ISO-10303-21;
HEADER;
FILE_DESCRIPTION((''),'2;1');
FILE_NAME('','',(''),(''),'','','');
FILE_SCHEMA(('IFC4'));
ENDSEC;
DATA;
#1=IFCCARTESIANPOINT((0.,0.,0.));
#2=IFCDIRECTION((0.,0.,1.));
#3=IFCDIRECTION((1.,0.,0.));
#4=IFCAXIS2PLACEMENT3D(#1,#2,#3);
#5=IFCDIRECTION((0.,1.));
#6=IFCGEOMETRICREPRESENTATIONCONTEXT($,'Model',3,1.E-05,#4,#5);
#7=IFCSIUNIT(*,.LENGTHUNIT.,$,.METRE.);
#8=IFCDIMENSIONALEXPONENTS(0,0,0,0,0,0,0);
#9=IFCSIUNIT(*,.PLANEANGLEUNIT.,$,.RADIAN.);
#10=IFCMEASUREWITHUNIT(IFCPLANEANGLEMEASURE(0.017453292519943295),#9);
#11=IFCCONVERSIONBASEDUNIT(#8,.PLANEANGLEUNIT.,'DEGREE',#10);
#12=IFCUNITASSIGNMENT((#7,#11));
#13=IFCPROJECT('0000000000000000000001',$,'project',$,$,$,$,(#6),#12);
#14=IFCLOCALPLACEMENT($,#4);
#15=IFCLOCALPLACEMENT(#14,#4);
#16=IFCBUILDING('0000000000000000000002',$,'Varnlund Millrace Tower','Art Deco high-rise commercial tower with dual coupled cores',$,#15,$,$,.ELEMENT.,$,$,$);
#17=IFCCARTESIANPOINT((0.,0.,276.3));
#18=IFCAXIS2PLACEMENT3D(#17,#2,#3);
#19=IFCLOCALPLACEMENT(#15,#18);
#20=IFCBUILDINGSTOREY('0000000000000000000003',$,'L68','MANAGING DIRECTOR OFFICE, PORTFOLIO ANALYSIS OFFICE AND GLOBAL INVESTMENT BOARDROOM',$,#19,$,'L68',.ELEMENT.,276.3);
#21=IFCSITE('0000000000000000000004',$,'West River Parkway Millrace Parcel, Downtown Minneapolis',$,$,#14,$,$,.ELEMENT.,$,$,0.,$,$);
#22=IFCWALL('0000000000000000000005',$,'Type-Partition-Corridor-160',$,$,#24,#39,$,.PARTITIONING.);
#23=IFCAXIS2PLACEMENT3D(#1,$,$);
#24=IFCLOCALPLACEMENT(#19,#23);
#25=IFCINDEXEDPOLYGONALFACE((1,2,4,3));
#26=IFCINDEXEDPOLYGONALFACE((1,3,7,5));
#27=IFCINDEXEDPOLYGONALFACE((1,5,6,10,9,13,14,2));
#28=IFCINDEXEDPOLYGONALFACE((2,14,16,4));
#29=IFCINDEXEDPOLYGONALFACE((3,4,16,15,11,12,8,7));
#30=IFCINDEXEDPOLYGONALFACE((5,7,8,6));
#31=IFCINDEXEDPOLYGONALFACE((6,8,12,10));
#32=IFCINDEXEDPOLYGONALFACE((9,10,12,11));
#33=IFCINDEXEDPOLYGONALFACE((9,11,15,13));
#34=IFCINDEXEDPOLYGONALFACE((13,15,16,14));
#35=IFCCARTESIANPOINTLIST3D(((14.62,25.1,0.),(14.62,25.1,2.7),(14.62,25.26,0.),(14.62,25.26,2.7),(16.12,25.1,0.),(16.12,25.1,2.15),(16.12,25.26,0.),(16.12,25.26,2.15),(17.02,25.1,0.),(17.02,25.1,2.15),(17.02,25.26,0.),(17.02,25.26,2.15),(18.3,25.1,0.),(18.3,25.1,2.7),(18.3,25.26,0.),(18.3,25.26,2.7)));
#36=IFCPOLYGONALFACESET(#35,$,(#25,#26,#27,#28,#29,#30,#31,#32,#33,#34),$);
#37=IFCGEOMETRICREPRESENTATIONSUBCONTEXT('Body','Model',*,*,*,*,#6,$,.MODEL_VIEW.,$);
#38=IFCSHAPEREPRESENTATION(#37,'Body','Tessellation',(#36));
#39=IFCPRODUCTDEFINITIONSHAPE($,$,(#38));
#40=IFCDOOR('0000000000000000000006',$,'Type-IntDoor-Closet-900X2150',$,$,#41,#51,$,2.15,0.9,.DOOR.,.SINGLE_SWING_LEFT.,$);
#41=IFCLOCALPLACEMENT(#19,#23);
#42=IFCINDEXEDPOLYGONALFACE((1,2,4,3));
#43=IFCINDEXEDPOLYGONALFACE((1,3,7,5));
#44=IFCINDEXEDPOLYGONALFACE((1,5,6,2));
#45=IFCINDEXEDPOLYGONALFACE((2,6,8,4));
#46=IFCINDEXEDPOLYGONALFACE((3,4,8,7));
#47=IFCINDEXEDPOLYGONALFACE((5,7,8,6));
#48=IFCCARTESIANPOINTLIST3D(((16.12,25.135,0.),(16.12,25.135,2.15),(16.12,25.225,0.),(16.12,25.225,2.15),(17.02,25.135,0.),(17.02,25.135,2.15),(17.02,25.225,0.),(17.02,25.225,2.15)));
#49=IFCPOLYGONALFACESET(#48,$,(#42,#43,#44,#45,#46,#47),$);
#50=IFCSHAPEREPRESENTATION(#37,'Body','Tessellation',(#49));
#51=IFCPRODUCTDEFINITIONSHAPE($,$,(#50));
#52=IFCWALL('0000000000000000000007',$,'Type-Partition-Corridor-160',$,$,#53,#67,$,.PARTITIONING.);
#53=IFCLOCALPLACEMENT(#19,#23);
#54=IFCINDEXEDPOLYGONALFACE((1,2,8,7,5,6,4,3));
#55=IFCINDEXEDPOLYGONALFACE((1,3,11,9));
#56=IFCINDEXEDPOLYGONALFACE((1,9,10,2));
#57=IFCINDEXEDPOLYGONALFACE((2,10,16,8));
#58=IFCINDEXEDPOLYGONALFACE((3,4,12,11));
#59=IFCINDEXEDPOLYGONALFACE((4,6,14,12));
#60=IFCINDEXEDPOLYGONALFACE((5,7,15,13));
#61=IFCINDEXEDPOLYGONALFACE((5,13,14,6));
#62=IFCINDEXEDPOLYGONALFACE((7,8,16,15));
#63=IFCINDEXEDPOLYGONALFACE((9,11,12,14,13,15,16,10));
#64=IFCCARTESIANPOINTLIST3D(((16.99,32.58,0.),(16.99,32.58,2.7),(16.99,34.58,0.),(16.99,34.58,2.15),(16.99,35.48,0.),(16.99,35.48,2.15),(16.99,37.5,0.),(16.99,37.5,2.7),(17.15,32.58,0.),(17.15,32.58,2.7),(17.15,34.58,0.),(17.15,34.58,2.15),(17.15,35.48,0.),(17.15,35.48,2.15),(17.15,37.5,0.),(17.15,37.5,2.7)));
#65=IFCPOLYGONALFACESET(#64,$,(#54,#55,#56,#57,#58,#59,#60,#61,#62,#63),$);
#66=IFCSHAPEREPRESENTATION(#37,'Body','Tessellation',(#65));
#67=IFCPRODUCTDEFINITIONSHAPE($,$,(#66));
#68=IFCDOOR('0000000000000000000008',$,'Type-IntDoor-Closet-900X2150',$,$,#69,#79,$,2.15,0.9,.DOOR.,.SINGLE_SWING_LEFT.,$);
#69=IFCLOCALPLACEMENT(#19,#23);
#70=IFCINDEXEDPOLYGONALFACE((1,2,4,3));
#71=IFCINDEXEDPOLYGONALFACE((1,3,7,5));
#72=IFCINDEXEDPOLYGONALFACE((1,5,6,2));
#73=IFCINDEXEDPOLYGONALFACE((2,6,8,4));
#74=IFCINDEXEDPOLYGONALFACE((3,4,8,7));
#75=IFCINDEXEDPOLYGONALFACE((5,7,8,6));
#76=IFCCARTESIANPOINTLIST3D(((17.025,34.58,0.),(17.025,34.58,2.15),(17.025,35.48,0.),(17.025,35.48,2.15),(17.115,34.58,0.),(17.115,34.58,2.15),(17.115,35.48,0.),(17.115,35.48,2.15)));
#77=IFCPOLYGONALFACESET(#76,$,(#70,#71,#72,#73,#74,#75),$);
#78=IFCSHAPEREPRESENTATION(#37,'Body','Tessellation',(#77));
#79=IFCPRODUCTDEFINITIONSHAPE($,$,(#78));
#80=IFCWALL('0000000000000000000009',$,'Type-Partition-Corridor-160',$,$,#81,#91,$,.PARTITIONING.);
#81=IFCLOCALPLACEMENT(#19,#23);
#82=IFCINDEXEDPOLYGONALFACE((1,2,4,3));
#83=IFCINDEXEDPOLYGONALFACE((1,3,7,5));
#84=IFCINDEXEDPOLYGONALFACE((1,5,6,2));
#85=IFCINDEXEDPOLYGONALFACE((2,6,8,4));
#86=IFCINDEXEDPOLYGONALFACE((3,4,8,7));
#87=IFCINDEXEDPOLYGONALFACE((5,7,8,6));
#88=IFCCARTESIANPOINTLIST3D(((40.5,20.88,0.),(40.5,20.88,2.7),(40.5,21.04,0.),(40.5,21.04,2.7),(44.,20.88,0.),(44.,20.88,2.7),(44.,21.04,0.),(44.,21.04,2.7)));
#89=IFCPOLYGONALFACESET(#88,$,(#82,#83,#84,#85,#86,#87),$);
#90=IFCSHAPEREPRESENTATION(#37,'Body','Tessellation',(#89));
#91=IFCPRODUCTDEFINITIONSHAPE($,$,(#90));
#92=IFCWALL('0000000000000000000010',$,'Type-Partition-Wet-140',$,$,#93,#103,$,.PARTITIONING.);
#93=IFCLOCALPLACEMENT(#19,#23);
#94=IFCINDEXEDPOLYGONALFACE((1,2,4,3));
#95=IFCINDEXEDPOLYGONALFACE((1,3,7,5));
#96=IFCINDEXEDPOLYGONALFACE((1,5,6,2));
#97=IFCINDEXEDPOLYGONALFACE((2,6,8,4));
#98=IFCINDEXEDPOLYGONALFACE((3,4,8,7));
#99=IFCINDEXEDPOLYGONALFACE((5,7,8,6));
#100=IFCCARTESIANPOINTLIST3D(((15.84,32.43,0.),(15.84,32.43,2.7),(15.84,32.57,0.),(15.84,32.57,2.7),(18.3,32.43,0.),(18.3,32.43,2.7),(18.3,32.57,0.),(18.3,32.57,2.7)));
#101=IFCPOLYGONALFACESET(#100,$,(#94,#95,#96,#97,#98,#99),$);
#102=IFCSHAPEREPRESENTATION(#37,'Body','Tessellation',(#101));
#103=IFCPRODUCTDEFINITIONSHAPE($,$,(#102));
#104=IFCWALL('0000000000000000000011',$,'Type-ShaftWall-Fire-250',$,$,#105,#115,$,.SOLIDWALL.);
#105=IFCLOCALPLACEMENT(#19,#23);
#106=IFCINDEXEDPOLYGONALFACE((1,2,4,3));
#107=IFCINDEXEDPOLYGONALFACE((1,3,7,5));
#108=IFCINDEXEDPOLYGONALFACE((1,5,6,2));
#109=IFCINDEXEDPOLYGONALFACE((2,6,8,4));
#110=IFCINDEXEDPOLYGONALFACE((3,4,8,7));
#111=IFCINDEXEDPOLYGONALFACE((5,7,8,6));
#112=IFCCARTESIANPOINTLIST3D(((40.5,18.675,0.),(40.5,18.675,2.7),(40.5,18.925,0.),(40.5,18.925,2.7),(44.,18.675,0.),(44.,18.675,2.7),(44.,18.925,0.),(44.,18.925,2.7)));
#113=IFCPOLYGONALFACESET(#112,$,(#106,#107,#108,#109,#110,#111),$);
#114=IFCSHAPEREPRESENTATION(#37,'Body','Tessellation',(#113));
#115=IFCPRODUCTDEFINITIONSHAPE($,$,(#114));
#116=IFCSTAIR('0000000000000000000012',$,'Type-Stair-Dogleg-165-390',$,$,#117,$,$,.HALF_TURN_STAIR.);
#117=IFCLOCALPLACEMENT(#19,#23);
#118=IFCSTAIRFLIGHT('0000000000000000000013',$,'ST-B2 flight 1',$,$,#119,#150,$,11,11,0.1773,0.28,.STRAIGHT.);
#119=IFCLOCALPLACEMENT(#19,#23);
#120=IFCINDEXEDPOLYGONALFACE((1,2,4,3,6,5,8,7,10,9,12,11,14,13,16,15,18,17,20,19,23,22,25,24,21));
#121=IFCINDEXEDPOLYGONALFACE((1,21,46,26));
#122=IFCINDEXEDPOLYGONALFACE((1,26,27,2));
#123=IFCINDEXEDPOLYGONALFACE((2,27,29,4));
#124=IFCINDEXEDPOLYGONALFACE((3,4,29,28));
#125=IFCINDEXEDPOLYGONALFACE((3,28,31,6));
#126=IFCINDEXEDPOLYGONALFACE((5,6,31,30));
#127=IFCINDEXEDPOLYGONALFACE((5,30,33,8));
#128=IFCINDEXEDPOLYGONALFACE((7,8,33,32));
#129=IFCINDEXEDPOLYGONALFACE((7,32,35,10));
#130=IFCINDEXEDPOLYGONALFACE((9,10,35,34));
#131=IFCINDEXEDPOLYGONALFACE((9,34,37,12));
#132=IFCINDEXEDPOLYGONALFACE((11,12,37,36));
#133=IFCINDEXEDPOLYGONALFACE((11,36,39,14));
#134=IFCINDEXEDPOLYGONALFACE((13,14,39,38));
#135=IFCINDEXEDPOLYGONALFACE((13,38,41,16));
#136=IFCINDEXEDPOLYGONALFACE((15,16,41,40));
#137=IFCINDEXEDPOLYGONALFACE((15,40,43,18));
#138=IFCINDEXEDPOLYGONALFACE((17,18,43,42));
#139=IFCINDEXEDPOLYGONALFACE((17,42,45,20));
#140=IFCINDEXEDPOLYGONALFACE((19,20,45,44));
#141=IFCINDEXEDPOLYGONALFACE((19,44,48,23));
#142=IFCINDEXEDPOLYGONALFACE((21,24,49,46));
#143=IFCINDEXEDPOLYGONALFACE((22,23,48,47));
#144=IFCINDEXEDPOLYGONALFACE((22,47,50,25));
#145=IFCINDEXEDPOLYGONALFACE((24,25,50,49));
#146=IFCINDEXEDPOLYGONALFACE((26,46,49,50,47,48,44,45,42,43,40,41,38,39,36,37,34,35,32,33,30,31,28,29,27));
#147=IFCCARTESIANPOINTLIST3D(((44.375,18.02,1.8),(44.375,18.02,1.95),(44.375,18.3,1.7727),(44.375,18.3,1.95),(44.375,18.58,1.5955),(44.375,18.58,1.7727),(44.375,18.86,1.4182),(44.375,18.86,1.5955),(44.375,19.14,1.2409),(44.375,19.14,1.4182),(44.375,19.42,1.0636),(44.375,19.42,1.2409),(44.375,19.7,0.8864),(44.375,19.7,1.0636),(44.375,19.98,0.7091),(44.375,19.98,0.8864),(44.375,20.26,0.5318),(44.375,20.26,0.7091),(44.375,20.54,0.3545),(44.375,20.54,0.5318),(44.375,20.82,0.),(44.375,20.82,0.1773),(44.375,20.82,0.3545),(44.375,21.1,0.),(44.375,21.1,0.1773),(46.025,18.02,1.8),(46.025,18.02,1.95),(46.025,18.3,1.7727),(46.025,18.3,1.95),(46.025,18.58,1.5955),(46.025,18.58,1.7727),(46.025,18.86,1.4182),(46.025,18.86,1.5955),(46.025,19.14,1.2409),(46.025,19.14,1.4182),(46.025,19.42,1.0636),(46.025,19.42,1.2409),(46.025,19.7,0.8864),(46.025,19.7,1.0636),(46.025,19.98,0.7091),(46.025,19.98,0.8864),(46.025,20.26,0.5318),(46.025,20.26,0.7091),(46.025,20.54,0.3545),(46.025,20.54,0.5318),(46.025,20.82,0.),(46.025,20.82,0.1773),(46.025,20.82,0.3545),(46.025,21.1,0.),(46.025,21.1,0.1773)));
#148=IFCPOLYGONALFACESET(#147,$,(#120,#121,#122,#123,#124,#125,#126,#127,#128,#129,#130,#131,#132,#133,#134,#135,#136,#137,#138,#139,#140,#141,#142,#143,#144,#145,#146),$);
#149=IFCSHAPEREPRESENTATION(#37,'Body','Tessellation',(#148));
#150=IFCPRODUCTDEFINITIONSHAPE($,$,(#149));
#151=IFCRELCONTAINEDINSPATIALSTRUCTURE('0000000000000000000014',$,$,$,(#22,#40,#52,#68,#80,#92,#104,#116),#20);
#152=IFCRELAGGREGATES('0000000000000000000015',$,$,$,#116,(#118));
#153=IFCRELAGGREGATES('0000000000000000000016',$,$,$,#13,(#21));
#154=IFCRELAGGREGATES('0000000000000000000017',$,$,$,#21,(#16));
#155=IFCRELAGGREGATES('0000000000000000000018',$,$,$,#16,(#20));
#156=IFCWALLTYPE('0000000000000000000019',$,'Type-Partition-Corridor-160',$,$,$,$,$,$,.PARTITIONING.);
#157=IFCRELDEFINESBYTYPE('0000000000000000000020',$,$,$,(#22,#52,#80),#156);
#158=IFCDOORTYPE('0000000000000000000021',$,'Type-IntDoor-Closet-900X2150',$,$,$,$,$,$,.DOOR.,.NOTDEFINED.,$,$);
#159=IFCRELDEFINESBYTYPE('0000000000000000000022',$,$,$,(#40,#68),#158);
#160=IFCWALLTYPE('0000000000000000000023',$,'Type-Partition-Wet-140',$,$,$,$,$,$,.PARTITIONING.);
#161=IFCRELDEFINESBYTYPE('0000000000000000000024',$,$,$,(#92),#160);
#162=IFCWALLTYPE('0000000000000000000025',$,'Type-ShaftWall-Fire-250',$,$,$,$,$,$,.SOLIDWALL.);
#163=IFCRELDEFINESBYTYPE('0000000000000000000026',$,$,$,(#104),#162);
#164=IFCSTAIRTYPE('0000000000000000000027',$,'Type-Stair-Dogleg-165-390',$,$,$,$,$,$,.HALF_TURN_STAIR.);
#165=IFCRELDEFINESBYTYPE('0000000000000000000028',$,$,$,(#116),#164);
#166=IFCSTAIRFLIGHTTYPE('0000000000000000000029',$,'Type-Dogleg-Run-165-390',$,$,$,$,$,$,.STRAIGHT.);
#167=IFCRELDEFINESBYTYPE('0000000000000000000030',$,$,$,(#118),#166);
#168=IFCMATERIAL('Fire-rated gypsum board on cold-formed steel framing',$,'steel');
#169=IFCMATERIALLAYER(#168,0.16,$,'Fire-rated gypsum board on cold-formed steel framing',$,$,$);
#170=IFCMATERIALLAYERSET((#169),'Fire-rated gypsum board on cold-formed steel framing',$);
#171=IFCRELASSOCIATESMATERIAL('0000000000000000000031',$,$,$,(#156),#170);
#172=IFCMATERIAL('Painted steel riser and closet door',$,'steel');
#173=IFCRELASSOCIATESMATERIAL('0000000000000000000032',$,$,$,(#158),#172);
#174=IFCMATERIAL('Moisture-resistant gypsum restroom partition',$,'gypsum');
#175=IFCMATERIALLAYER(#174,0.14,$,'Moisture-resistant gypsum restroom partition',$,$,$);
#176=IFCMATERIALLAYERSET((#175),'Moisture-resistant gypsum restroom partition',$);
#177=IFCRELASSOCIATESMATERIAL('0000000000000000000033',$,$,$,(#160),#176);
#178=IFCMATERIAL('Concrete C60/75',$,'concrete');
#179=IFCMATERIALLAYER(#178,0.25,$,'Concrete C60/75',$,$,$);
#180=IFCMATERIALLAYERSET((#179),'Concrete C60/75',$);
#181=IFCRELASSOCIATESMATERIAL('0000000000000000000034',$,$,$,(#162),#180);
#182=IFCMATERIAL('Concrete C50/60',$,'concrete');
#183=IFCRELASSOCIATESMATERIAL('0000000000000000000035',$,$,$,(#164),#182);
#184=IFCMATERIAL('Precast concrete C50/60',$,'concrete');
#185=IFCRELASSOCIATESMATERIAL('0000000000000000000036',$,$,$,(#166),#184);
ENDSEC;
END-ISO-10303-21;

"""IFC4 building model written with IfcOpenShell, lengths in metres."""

from ifc_helpers import new_model, entity, si_unit, converted_unit, direction, frame, origin_with_axes, origin_2d_with_axis, place, context, subcontext, project, spatial, polyline, rectangle, outline, extrude, material, layer, layer_set, type_object, element, fill, aggregate, save


model = new_model("IFC4")

# Units and contexts
model_context = context("Model", 3, precision=1e-05, world=origin_with_axes(), true_north=direction((0.0, 1.0)))
body_context = subcontext(model_context, "Body", "Model", "MODEL_VIEW")
ifc_project = project(units=[si_unit("LENGTHUNIT", "METRE"), converted_unit("PLANEANGLEUNIT", "DEGREE", entity("IfcPlaneAngleMeasure", 0.017453292519943295), si_unit("PLANEANGLEUNIT", "RADIAN"), dimensions=[0, 0, 0, 0, 0, 0, 0])], contexts=[model_context])

# Site, building, storey
site_placement = place(None, origin_with_axes())
site = spatial("IfcSite", under=ifc_project, at=site_placement, Name="West River Parkway Millrace Parcel, Downtown Minneapolis", CompositionType="ELEMENT", RefElevation=0.0)
building_placement = place(site_placement, origin_with_axes())
building = spatial("IfcBuilding", under=site, at=building_placement, Name="Varnlund Millrace Tower", Description="Art Deco high-rise commercial tower with dual coupled cores", CompositionType="ELEMENT")
storey_placement = place(building_placement, frame((0.0, 0.0, 276.3), z_axis=(0.0, 0.0, 1.0), x_axis=(1.0, 0.0, 0.0)))
storey = spatial("IfcBuildingStorey", under=building, at=storey_placement, Name="L68", Description="MANAGING DIRECTOR OFFICE, PORTFOLIO ANALYSIS OFFICE AND GLOBAL INVESTMENT BOARDROOM", LongName="L68", CompositionType="ELEMENT", Elevation=276.3)

# Shared definitions
ifc_material_1 = material(Name="Concrete C60/75", Category="concrete")

# Walls, openings, doors
ifc_material_2 = material(Name="Fire-rated gypsum board on cold-formed steel framing", Category="steel")
ifc_layer_1 = layer(ifc_material_2, 0.16, Name="Fire-rated gypsum board on cold-formed steel framing")
ifc_layer_set_1 = layer_set([ifc_layer_1], Name="Fire-rated gypsum board on cold-formed steel framing")
wall_type_1 = type_object("IfcWallType", Name="Type-Partition-Corridor-160", PredefinedType="PARTITIONING", material=ifc_layer_set_1)
wall_1_placement = place(storey_placement, frame((14.62, 25.18, 0.0), z_axis=(0.0, 0.0, 1.0), x_axis=(1.0, 0.0, 0.0)))
wall_1 = element("IfcWall", 1, at=wall_1_placement, inside=storey, type_object=wall_type_1, Name="Type-Partition-Corridor-160", PredefinedType="PARTITIONING", context=body_context, shape_type="SweptSolid", body=[
    extrude(outline(polyline([(0.0, -0.08), (3.68, -0.08), (3.68, 0.08), (0.0, 0.08), (0.0, -0.08)])), origin_with_axes(), (0.0, 0.0, 1.0), 2.7),
])
opening_1_placement = place(wall_1_placement, frame((1.95, 0.0, 0.0), z_axis=(0.0, 0.0, 1.0), x_axis=(1.0, 0.0, 0.0)))
opening_1 = element("IfcOpeningElement", 2, at=opening_1_placement, cuts=wall_1, PredefinedType="OPENING", context=body_context, shape_type="SweptSolid", body=[
    extrude(rectangle(XDim=0.9, YDim=0.18, at=origin_2d_with_axis()), origin_with_axes(), (0.0, 0.0, 1.0), 2.15),
])
ifc_material_3 = material(Name="Painted steel riser and closet door", Category="steel")
door_type_1 = type_object("IfcDoorType", Name="Type-IntDoor-Closet-900X2150", OperationType="NOTDEFINED", PredefinedType="DOOR", material=ifc_material_3)
door_1_placement = place(wall_1_placement, frame((1.95, 0.0, 0.0), z_axis=(0.0, 0.0, 1.0), x_axis=(1.0, 0.0, 0.0)))
door_1 = element("IfcDoor", 3, at=door_1_placement, inside=storey, type_object=door_type_1, Name="Type-IntDoor-Closet-900X2150", OperationType="SINGLE_SWING_LEFT", OverallHeight=2.15, OverallWidth=0.9, PredefinedType="DOOR", context=body_context, shape_type="SweptSolid", body=[
    extrude(rectangle(XDim=0.9, YDim=0.09, at=origin_2d_with_axis()), origin_with_axes(), (0.0, 0.0, 1.0), 2.15),
])
fill(opening_1, door_1)
wall_2_placement = place(storey_placement, frame((17.07, 32.58, 0.0), z_axis=(0.0, 0.0, 1.0), x_axis=(0.0, 1.0, 0.0)))
wall_2 = element("IfcWall", 4, at=wall_2_placement, inside=storey, type_object=wall_type_1, Name="Type-Partition-Corridor-160", PredefinedType="PARTITIONING", context=body_context, shape_type="SweptSolid", body=[
    extrude(outline(polyline([(0.0, -0.08), (4.92, -0.08), (4.92, 0.08), (0.0, 0.08), (0.0, -0.08)])), origin_with_axes(), (0.0, 0.0, 1.0), 2.7),
])
opening_2_placement = place(wall_2_placement, frame((2.45, 0.0, 0.0), z_axis=(0.0, 0.0, 1.0), x_axis=(1.0, 0.0, 0.0)))
opening_2 = element("IfcOpeningElement", 5, at=opening_2_placement, cuts=wall_2, PredefinedType="OPENING", context=body_context, shape_type="SweptSolid", body=[
    extrude(rectangle(XDim=0.9, YDim=0.18, at=origin_2d_with_axis()), origin_with_axes(), (0.0, 0.0, 1.0), 2.15),
])
door_2_placement = place(wall_2_placement, frame((2.45, 0.0, 0.0), z_axis=(0.0, 0.0, 1.0), x_axis=(1.0, 0.0, 0.0)))
door_2 = element("IfcDoor", 6, at=door_2_placement, inside=storey, type_object=door_type_1, Name="Type-IntDoor-Closet-900X2150", OperationType="SINGLE_SWING_LEFT", OverallHeight=2.15, OverallWidth=0.9, PredefinedType="DOOR", context=body_context, shape_type="SweptSolid", body=[
    extrude(rectangle(XDim=0.9, YDim=0.09, at=origin_2d_with_axis()), origin_with_axes(), (0.0, 0.0, 1.0), 2.15),
])
fill(opening_2, door_2)

# Wall
wall_3_placement = place(storey_placement, frame((40.5, 20.96, 0.0), z_axis=(0.0, 0.0, 1.0), x_axis=(1.0, 0.0, 0.0)))
element("IfcWall", 7, at=wall_3_placement, inside=storey, type_object=wall_type_1, Name="Type-Partition-Corridor-160", PredefinedType="PARTITIONING", context=body_context, shape_type="SweptSolid", body=[
    extrude(outline(polyline([(0.0, -0.08), (3.5, -0.08), (3.5, 0.08), (0.0, 0.08), (0.0, -0.08)])), origin_with_axes(), (0.0, 0.0, 1.0), 2.7),
])

# Walls
ifc_material_4 = material(Name="Moisture-resistant gypsum restroom partition", Category="gypsum")
ifc_layer_2 = layer(ifc_material_4, 0.14, Name="Moisture-resistant gypsum restroom partition")
ifc_layer_set_2 = layer_set([ifc_layer_2], Name="Moisture-resistant gypsum restroom partition")
wall_type_2 = type_object("IfcWallType", Name="Type-Partition-Wet-140", PredefinedType="PARTITIONING", material=ifc_layer_set_2)
wall_4_placement = place(storey_placement, frame((15.84, 32.5, 0.0), z_axis=(0.0, 0.0, 1.0), x_axis=(1.0, 0.0, 0.0)))
element("IfcWall", 8, at=wall_4_placement, inside=storey, type_object=wall_type_2, Name="Type-Partition-Wet-140", PredefinedType="PARTITIONING", context=body_context, shape_type="SweptSolid", body=[
    extrude(outline(polyline([(0.0, -0.07), (2.46, -0.07), (2.46, 0.07), (0.0, 0.07), (0.0, -0.07)])), origin_with_axes(), (0.0, 0.0, 1.0), 2.7),
])
ifc_layer_3 = layer(ifc_material_1, 0.25, Name="Concrete C60/75")
ifc_layer_set_3 = layer_set([ifc_layer_3], Name="Concrete C60/75")
wall_type_3 = type_object("IfcWallType", Name="Type-ShaftWall-Fire-250", PredefinedType="SOLIDWALL", material=ifc_layer_set_3)
wall_5_placement = place(storey_placement, frame((40.5, 18.8, 0.0), z_axis=(0.0, 0.0, 1.0), x_axis=(1.0, 0.0, 0.0)))
element("IfcWall", 9, at=wall_5_placement, inside=storey, type_object=wall_type_3, Name="Type-ShaftWall-Fire-250", PredefinedType="SOLIDWALL", context=body_context, shape_type="SweptSolid", body=[
    extrude(outline(polyline([(0.0, -0.125), (3.5, -0.125), (3.5, 0.125), (0.0, 0.125), (0.0, -0.125)])), origin_with_axes(), (0.0, 0.0, 1.0), 2.7),
])

# Stair, stair flight
ifc_material_5 = material(Name="Concrete C50/60", Category="concrete")
stair_type_1 = type_object("IfcStairType", Name="Type-Stair-Dogleg-165-390", PredefinedType="HALF_TURN_STAIR", material=ifc_material_5)
stair_1_placement = place(storey_placement, origin_with_axes())
stair_1 = element("IfcStair", 10, at=stair_1_placement, inside=storey, type_object=stair_type_1, Name="Type-Stair-Dogleg-165-390", PredefinedType="HALF_TURN_STAIR")
ifc_material_6 = material(Name="Precast concrete C50/60", Category="concrete")
stair_flight_type_1 = type_object("IfcStairFlightType", Name="Type-Dogleg-Run-165-390", PredefinedType="STRAIGHT", material=ifc_material_6)
stair_flight_1_placement = place(storey_placement, frame((46.025, 21.1, 0.0), z_axis=(-1.0, 0.0, 0.0), x_axis=(0.0, -1.0, 0.0)))
stair_flight_1 = element("IfcStairFlight", 11, at=stair_flight_1_placement, type_object=stair_flight_type_1, Name="ST-B2 flight 1", NumberOfRisers=11, NumberOfTreads=11, PredefinedType="STRAIGHT", RiserHeight=0.1773, TreadLength=0.28, context=body_context, shape_type="SweptSolid", body=[
    extrude(outline(polyline([(0.0, 0.0), (0.0, 0.1773), (0.28, 0.1773), (0.28, 0.3545), (0.56, 0.3545), (0.56, 0.5318), (0.84, 0.5318), (0.84, 0.7091), (1.12, 0.7091), (1.12, 0.8864), (1.4, 0.8864), (1.4, 1.0636), (1.68, 1.0636), (1.68, 1.2409), (1.96, 1.2409), (1.96, 1.4182), (2.24, 1.4182), (2.24, 1.5955), (2.52, 1.5955), (2.52, 1.7727), (2.8, 1.7727), (2.8, 1.95), (3.08, 1.95), (3.08, 1.8), (0.28, 0.0), (0.0, 0.0)])), origin_with_axes(), (0.0, 0.0, 1.0), 1.65),
])
aggregate(stair_1, [stair_flight_1])

save(model, "model.ifc")
